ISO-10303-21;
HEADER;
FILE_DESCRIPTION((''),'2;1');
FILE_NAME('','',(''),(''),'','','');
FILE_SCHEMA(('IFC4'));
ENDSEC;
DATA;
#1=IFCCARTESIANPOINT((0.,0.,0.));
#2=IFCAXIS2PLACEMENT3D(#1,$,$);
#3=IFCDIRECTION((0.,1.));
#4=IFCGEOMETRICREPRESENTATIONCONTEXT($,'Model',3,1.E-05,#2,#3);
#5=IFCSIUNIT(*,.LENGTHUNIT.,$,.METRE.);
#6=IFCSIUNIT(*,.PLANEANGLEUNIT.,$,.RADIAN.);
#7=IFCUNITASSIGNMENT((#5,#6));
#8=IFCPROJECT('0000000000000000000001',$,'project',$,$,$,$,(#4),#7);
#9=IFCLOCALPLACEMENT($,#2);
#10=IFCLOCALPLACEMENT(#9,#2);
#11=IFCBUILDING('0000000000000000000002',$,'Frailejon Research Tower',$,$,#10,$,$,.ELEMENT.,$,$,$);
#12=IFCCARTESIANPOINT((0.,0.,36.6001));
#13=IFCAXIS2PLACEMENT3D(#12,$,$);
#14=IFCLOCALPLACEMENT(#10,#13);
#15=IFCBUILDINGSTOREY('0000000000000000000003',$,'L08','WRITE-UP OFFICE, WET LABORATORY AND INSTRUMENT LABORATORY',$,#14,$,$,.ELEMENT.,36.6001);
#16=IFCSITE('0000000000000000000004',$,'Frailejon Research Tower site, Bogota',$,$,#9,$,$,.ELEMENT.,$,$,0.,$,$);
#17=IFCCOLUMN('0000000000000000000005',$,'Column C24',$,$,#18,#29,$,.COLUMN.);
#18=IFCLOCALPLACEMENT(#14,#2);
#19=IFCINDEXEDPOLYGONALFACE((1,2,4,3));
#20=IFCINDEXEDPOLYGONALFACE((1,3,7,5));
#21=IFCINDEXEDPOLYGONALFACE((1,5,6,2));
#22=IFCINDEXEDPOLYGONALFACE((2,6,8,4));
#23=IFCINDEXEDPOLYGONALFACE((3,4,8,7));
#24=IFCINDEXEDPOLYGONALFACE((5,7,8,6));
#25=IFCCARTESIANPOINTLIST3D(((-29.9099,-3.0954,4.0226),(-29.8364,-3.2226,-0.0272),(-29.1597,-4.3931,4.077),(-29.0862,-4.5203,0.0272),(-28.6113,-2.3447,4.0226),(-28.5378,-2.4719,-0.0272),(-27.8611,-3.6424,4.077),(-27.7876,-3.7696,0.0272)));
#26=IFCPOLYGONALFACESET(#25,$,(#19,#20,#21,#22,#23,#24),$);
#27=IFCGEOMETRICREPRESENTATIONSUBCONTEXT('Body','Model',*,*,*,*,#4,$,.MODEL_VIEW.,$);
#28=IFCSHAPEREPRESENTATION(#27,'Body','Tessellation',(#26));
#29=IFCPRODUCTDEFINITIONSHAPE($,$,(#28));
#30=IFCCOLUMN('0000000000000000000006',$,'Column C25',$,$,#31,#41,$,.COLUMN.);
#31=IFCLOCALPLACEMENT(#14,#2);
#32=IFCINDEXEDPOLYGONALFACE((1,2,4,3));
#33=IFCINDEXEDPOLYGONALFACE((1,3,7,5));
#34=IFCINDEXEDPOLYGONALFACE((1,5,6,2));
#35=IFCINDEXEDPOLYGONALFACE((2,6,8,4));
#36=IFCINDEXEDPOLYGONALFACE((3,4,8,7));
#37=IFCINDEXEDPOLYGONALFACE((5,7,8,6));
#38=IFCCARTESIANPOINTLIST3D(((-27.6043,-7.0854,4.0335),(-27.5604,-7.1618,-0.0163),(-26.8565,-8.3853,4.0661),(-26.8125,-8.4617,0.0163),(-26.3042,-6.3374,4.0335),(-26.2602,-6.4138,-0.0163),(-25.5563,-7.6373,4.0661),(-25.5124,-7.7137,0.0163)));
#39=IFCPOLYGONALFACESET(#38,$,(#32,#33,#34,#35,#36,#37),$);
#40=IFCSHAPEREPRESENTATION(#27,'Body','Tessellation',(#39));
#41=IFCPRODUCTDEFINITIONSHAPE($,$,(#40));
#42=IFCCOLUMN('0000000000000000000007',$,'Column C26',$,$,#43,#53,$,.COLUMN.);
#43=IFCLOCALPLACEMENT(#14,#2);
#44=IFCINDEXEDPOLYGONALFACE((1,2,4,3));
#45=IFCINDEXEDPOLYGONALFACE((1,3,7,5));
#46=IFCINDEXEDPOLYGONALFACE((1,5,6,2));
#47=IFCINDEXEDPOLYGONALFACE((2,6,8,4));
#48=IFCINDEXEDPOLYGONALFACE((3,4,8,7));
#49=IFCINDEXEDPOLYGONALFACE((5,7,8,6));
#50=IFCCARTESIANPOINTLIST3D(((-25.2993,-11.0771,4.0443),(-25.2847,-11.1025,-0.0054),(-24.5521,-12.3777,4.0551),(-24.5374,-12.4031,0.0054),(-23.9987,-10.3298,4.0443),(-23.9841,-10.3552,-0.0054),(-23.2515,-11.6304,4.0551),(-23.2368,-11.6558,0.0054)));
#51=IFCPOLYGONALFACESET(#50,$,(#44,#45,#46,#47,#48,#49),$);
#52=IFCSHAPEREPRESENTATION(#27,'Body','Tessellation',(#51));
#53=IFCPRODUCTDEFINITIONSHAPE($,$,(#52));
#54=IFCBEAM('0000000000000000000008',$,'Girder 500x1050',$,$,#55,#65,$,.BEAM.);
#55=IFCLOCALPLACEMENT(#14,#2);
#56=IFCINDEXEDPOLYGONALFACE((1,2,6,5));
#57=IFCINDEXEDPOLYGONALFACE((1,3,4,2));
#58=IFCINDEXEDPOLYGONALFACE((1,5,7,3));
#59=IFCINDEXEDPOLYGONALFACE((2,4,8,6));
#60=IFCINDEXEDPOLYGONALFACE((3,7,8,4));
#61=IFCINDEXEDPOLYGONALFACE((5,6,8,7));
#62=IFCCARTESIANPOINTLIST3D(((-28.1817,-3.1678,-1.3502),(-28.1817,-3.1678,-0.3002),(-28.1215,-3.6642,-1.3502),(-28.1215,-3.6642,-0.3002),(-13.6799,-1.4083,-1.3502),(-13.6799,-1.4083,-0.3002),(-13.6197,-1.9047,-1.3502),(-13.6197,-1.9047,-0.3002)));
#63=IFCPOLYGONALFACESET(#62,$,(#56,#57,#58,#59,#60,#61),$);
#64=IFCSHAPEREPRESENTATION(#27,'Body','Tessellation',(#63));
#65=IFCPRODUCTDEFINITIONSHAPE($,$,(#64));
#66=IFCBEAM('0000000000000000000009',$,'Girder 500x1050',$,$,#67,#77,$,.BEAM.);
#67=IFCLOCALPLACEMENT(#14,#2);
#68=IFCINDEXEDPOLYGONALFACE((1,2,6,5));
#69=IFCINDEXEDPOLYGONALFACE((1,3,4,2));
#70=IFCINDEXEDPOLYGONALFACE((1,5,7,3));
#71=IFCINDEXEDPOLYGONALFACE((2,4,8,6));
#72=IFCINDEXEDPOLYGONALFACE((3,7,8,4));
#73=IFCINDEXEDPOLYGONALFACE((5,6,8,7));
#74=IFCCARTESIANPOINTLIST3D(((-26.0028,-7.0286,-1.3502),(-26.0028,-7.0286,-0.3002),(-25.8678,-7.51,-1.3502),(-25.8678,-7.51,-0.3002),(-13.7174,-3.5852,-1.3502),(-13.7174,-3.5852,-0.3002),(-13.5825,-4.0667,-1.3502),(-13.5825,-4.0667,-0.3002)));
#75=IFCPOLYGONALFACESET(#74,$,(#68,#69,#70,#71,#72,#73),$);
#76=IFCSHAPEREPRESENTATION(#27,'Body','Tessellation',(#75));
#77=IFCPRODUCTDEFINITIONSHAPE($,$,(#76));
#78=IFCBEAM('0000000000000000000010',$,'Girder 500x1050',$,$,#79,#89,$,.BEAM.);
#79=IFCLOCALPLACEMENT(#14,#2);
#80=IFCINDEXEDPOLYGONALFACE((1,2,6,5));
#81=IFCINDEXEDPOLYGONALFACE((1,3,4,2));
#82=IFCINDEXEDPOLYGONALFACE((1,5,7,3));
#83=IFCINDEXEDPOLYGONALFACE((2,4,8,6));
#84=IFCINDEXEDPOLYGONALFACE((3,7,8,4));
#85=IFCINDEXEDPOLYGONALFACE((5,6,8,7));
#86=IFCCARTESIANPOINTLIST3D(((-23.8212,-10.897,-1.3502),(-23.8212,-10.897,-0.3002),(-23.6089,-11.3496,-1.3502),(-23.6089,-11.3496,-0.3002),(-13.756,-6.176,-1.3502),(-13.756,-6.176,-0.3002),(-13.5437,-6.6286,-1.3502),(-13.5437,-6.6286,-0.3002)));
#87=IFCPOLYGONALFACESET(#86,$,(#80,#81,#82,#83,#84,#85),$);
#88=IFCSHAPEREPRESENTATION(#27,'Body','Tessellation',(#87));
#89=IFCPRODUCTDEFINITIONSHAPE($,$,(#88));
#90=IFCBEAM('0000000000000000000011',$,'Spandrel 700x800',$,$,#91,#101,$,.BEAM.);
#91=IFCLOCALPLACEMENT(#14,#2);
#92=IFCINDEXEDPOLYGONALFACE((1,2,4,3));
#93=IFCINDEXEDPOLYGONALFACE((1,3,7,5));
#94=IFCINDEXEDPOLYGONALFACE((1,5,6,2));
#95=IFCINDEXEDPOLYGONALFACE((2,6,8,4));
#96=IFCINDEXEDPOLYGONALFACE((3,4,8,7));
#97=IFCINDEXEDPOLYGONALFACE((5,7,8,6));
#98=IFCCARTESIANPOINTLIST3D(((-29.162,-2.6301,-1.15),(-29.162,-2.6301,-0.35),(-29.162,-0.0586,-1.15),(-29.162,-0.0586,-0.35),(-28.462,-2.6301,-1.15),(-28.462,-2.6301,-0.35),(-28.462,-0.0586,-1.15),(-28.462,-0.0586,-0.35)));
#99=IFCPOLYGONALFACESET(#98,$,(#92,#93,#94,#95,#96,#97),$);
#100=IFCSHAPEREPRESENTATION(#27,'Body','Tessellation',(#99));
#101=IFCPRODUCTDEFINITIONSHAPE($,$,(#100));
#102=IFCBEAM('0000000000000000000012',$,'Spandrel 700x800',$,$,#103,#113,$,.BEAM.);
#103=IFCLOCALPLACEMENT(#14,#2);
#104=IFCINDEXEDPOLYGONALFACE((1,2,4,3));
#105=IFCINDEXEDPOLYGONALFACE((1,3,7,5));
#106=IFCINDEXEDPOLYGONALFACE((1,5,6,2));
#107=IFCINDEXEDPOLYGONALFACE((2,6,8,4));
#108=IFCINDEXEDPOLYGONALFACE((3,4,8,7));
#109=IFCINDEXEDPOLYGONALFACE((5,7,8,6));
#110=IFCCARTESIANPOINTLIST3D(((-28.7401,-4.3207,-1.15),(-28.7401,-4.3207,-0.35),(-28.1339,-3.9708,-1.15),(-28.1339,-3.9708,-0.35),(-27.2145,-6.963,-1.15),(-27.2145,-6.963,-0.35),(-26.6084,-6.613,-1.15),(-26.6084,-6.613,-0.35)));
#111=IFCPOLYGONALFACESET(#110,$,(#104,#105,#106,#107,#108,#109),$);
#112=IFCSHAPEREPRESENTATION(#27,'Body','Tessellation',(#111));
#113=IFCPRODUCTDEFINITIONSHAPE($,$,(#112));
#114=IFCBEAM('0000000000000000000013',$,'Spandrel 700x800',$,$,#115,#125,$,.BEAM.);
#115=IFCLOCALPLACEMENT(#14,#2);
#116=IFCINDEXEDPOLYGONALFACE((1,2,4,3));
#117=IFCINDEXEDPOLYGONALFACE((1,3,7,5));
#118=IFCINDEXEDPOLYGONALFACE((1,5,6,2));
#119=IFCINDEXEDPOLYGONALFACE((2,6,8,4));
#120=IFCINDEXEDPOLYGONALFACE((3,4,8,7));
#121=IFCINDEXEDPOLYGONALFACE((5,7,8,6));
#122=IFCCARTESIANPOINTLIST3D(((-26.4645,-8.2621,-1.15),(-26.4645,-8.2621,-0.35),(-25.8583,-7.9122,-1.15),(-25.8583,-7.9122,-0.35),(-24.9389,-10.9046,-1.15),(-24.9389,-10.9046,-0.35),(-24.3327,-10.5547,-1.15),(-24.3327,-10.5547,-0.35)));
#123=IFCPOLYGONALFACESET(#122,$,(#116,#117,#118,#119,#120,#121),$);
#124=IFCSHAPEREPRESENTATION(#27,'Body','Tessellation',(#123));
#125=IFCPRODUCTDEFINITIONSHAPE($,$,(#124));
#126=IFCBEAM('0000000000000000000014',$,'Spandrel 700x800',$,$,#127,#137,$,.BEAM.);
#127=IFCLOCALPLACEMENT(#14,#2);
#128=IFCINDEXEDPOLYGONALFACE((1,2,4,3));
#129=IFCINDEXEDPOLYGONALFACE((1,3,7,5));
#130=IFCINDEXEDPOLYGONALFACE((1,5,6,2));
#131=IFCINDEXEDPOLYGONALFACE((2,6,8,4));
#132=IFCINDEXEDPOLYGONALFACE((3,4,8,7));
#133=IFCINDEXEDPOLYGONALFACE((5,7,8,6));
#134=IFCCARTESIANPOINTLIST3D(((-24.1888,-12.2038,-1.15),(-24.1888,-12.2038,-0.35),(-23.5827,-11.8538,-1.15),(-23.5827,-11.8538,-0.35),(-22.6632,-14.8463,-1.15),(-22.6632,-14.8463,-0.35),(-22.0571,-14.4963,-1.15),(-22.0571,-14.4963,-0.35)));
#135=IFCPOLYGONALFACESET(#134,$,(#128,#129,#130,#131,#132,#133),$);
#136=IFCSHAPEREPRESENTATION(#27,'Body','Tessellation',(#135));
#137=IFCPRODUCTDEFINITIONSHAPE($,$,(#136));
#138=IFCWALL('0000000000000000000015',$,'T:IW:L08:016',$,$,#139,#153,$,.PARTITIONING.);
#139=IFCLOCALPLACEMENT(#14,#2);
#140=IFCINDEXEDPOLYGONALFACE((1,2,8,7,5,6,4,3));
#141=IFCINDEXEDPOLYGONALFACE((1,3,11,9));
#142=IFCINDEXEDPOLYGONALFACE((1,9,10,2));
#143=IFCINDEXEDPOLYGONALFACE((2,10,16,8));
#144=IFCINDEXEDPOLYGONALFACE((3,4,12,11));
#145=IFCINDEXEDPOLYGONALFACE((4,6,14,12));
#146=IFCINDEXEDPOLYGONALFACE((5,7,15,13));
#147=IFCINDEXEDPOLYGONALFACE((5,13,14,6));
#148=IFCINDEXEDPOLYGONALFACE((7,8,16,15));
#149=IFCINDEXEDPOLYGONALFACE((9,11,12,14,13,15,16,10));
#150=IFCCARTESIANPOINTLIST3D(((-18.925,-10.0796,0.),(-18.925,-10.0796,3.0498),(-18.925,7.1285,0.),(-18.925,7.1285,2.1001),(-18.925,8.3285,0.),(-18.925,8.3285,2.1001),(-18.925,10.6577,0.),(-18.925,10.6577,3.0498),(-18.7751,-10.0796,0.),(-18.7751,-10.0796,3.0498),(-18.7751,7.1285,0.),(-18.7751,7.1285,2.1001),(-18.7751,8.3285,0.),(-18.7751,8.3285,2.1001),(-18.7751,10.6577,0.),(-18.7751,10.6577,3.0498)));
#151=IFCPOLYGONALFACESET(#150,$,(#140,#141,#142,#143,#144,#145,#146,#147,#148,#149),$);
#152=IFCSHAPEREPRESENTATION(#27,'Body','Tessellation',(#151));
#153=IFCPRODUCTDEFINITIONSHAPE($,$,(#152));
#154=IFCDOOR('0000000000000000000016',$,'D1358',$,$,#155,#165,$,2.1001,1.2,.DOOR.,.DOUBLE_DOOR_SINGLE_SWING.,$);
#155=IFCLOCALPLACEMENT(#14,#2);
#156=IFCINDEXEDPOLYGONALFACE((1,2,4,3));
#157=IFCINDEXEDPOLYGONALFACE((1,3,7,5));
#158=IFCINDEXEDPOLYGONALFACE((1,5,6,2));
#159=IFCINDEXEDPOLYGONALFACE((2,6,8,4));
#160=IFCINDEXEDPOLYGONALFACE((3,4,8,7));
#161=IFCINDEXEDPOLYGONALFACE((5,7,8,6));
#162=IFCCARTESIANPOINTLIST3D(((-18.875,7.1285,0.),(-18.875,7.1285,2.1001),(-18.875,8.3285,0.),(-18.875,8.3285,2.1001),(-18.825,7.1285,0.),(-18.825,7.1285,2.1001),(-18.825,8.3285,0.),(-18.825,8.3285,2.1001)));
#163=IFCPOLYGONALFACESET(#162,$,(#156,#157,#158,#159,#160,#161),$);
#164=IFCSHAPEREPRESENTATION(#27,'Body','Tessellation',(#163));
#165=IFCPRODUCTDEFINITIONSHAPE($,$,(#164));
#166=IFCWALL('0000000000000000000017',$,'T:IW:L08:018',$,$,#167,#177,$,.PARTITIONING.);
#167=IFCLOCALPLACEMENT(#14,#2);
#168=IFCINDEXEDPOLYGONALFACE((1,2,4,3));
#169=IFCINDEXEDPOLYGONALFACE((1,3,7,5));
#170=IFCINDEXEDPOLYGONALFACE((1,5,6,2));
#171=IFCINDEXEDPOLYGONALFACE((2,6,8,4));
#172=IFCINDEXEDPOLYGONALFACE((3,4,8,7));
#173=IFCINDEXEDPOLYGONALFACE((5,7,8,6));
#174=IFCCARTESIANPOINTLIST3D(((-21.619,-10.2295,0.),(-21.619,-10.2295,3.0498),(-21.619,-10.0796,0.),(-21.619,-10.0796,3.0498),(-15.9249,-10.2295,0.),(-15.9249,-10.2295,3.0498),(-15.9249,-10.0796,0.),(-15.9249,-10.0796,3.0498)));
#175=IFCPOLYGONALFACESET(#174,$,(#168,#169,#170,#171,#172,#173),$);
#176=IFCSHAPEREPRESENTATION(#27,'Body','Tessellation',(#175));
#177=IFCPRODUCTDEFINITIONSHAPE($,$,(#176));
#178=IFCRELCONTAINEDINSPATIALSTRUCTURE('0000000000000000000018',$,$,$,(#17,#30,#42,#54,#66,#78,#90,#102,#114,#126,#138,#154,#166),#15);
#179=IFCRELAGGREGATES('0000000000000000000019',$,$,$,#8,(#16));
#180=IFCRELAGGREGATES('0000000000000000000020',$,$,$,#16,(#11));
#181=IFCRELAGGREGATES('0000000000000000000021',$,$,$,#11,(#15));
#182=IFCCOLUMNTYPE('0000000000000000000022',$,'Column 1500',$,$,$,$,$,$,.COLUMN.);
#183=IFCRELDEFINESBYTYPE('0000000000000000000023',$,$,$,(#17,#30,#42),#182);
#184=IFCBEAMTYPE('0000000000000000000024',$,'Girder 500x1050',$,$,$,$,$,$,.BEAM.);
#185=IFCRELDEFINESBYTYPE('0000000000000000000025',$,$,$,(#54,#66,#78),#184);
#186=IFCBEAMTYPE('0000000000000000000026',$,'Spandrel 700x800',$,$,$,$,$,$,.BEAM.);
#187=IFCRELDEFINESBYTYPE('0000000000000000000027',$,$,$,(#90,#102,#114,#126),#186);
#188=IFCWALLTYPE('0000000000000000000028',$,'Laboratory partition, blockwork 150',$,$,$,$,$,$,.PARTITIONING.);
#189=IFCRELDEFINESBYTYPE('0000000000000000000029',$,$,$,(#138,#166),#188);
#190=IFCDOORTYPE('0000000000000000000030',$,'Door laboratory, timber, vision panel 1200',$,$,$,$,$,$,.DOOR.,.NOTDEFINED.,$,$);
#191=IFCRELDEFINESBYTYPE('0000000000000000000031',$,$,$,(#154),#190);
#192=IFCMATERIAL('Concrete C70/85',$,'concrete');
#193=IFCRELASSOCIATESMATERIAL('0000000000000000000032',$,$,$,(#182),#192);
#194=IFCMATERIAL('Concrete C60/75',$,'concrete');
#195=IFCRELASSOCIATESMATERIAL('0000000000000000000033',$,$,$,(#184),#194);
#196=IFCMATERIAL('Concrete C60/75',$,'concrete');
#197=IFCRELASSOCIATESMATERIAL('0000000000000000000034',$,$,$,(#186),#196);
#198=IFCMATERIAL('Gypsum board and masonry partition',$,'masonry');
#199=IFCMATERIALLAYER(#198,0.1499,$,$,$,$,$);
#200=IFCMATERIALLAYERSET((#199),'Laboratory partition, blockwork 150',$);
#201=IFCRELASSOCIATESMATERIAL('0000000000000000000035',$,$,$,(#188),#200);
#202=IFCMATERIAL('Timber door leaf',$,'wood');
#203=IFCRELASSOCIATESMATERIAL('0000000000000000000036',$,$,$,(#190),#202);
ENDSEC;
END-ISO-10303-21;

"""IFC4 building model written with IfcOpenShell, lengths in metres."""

from ifc_helpers import new_model, si_unit, direction, frame, frame_2d, origin, origin_2d, place, context, subcontext, project, spatial, rectangle, extrude, material, layer, layer_set, material_profile, profile_set, type_object, element, fill, save


model = new_model("IFC4")

# Units and contexts
model_context = context("Model", 3, precision=1e-05, world=origin(), true_north=direction((0.0, 1.0)))
body_context = subcontext(model_context, "Body", "Model", "MODEL_VIEW")
ifc_project = project(units=[si_unit("LENGTHUNIT", "METRE"), si_unit("PLANEANGLEUNIT", "RADIAN")], contexts=[model_context])

# Site, building, storey
site_placement = place(None, origin())
site = spatial("IfcSite", under=ifc_project, at=site_placement, Name="Frailejon Research Tower site, Bogota", CompositionType="ELEMENT", RefElevation=0.0)
building_placement = place(site_placement, origin())
building = spatial("IfcBuilding", under=site, at=building_placement, Name="Frailejon Research Tower", CompositionType="ELEMENT")
storey_placement = place(building_placement, frame((0.0, 0.0, 36.6001)))
storey = spatial("IfcBuildingStorey", under=building, at=storey_placement, Name="L08", Description="WRITE-UP OFFICE, WET LABORATORY AND INSTRUMENT LABORATORY", CompositionType="ELEMENT", Elevation=36.6001)

# Columns
ifc_material_1 = material(Name="Concrete C70/85", Category="concrete")
ifc_material_profile_1 = material_profile(ifc_material_1, rectangle(XDim=1.5, YDim=1.5, at=origin_2d()), Name="Column 1500")
ifc_profile_set_1 = profile_set([ifc_material_profile_1], Name="Concrete C70/85")
column_type = type_object("IfcColumnType", Name="Column 1500", PredefinedType="COLUMN", material=ifc_profile_set_1)
column_1_placement = place(storey_placement, frame((-28.812, -3.4961, 0.0), z_axis=(-0.018134, 0.031388, 0.999343), x_axis=(0.500145, -0.865183, 0.036249)))
element("IfcColumn", 1, at=column_1_placement, inside=storey, type_object=column_type, Name="Column C24", PredefinedType="COLUMN", context=body_context, shape_type="SweptSolid", body=[
    extrude(rectangle(XDim=1.5, YDim=1.5, at=origin_2d()), origin(), (0.0, 0.0, 1.0), 4.0525),
])
column_2_placement = place(storey_placement, frame((-26.5364, -7.4377, 0.0), z_axis=(-0.010849, 0.018865, 0.999763), x_axis=(0.498562, -0.866581, 0.021762)))
element("IfcColumn", 2, at=column_2_placement, inside=storey, type_object=column_type, Name="Column C25", PredefinedType="COLUMN", context=body_context, shape_type="SweptSolid", body=[
    extrude(rectangle(XDim=1.5, YDim=1.5, at=origin_2d()), origin(), (0.0, 0.0, 1.0), 4.0508),
])
column_3_placement = place(storey_placement, frame((-24.2607, -11.3792, 0.0), z_axis=(-0.003617, 0.006269, 0.999974), x_axis=(0.498177, -0.867045, 0.007238)))
element("IfcColumn", 3, at=column_3_placement, inside=storey, type_object=column_type, Name="Column C26", PredefinedType="COLUMN", context=body_context, shape_type="SweptSolid", body=[
    extrude(rectangle(XDim=1.5, YDim=1.5, at=origin_2d()), origin(), (0.0, 0.0, 1.0), 4.0498),
])

# Beams
ifc_material_2 = material(Name="Concrete C60/75", Category="concrete")
ifc_material_profile_2 = material_profile(ifc_material_2, rectangle(XDim=0.5, YDim=1.05, at=origin_2d()), Name="Girder 500x1050")
ifc_profile_set_2 = profile_set([ifc_material_profile_2], Name="Concrete C60/75")
beam_type_1 = type_object("IfcBeamType", Name="Girder 500x1050", PredefinedType="BEAM", material=ifc_profile_set_2)
beam_1_placement = place(storey_placement, frame((-28.1516, -3.416, -0.8252), z_axis=(0.99272, 0.120449, 0.0), x_axis=(-0.120449, 0.99272, 0.0)))
element("IfcBeam", 4, at=beam_1_placement, inside=storey, type_object=beam_type_1, Name="Girder 500x1050", PredefinedType="BEAM", context=body_context, shape_type="SweptSolid", body=[
    extrude(rectangle(XDim=0.5, YDim=1.05, at=origin_2d()), origin(), (0.0, 0.0, 1.0), 14.6082),
])
beam_2_placement = place(storey_placement, frame((-25.9353, -7.2693, -0.8252), z_axis=(0.962894, 0.26988, 0.0), x_axis=(-0.26988, 0.962894, 0.0)))
element("IfcBeam", 5, at=beam_2_placement, inside=storey, type_object=beam_type_1, Name="Girder 500x1050", PredefinedType="BEAM", context=body_context, shape_type="SweptSolid", body=[
    extrude(rectangle(XDim=0.5, YDim=1.05, at=origin_2d()), origin(), (0.0, 0.0, 1.0), 12.7588),
])
beam_3_placement = place(storey_placement, frame((-23.7151, -11.1233, -0.8252), z_axis=(0.905359, 0.424647, 0.0), x_axis=(-0.424647, 0.905359, 0.0)))
element("IfcBeam", 6, at=beam_3_placement, inside=storey, type_object=beam_type_1, Name="Girder 500x1050", PredefinedType="BEAM", context=body_context, shape_type="SweptSolid", body=[
    extrude(rectangle(XDim=0.5, YDim=1.05, at=origin_2d()), origin(), (0.0, 0.0, 1.0), 11.1174),
])
ifc_material_3 = material(Name="Concrete C60/75", Category="concrete")
ifc_material_profile_3 = material_profile(ifc_material_3, rectangle(XDim=0.7, YDim=0.8, at=origin_2d()), Name="Spandrel 700x800")
ifc_profile_set_3 = profile_set([ifc_material_profile_3], Name="Concrete C60/75")
beam_type_2 = type_object("IfcBeamType", Name="Spandrel 700x800", PredefinedType="BEAM", material=ifc_profile_set_3)
beam_4_placement = place(storey_placement, frame((-28.812, -0.0586, -0.75), z_axis=(0.0, -1.0, 0.0), x_axis=(1.0, 0.0, 0.0)))
element("IfcBeam", 7, at=beam_4_placement, inside=storey, type_object=beam_type_2, Name="Spandrel 700x800", PredefinedType="BEAM", context=body_context, shape_type="SweptSolid", body=[
    extrude(rectangle(XDim=0.7, YDim=0.8, at=origin_2d()), origin(), (0.0, 0.0, 1.0), 2.5715),
])
beam_5_placement = place(storey_placement, frame((-28.437, -4.1458, -0.75), z_axis=(0.50002, -0.866014, 0.0), x_axis=(0.866014, 0.50002, 0.0)))
element("IfcBeam", 8, at=beam_5_placement, inside=storey, type_object=beam_type_2, Name="Spandrel 700x800", PredefinedType="BEAM", context=body_context, shape_type="SweptSolid", body=[
    extrude(rectangle(XDim=0.7, YDim=0.8, at=origin_2d()), origin(), (0.0, 0.0, 1.0), 3.051),
])
for number, where, z_axis, x_axis, name in (
    (9, (-26.1614, -8.0872, -0.75), (0.499986, -0.866034, 0.0), (0.866034, 0.499986, 0.0), "Spandrel 700x800"),
    (10, (-23.8857, -12.0288, -0.75), (0.499986, -0.866034, 0.0), (0.866034, 0.499986, 0.0), "Spandrel 700x800"),
):
    element("IfcBeam", number, at=place(storey_placement, frame(where, z_axis=z_axis, x_axis=x_axis)), inside=storey, type_object=beam_type_2, Name=name, PredefinedType="BEAM", context=body_context, shape_type="SweptSolid", body=[
        extrude(rectangle(XDim=0.7, YDim=0.8, at=origin_2d()), origin(), (0.0, 0.0, 1.0), 3.0513),
    ])

# Wall, opening, door
ifc_material_4 = material(Name="Gypsum board and masonry partition", Category="masonry")
ifc_layer_1 = layer(ifc_material_4, 0.1499)
ifc_layer_set_1 = layer_set([ifc_layer_1], Name="Laboratory partition, blockwork 150")
wall_type_1 = type_object("IfcWallType", Name="Laboratory partition, blockwork 150", PredefinedType="PARTITIONING", material=ifc_layer_set_1)
wall_1_placement = place(storey_placement, frame((-18.8501, -10.0796, 0.0), z_axis=(0.0, 0.0, 1.0), x_axis=(0.0, 1.0, 0.0)))
wall_1 = element("IfcWall", 11, at=wall_1_placement, inside=storey, type_object=wall_type_1, Name="T:IW:L08:016", PredefinedType="PARTITIONING", context=body_context, shape_type="SweptSolid", body=[
    extrude(rectangle(XDim=20.7373, YDim=0.1499, at=frame_2d((10.3687, 0.0))), origin(), (0.0, 0.0, 1.0), 3.0498),
])
opening_1_placement = place(wall_1_placement, frame((17.208, 0.0, 0.0)))
opening_1 = element("IfcOpeningElement", 12, at=opening_1_placement, cuts=wall_1, PredefinedType="OPENING", context=body_context, shape_type="SweptSolid", body=[
    extrude(rectangle(XDim=1.2, YDim=2.1001, at=frame_2d((0.6001, 1.05))), frame((0.0, 0.085, 0.0), z_axis=(0.0, -1.0, 0.0), x_axis=(1.0, 0.0, 0.0)), (0.0, 0.0, 1.0), 0.1699),
])
ifc_material_5 = material(Name="Timber door leaf", Category="wood")
door_type_1 = type_object("IfcDoorType", Name="Door laboratory, timber, vision panel 1200", OperationType="NOTDEFINED", PredefinedType="DOOR", material=ifc_material_5)
door_1_placement = place(opening_1_placement, origin())
door_1 = element("IfcDoor", 13, at=door_1_placement, inside=storey, type_object=door_type_1, Name="D1358", OperationType="DOUBLE_DOOR_SINGLE_SWING", OverallHeight=2.1001, OverallWidth=1.2, PredefinedType="DOOR", context=body_context, shape_type="SweptSolid", body=[
    extrude(rectangle(XDim=1.2, YDim=2.1001, at=frame_2d((0.6001, 1.05))), frame((0.0, 0.0249, 0.0), z_axis=(0.0, -1.0, 0.0), x_axis=(1.0, 0.0, 0.0)), (0.0, 0.0, 1.0), 0.05),
])
fill(opening_1, door_1)

# Wall
wall_2_placement = place(storey_placement, frame((-21.6191, -10.1545, 0.0), z_axis=(0.0, 0.0, 1.0), x_axis=(1.0, 0.0, 0.0)))
element("IfcWall", 14, at=wall_2_placement, inside=storey, type_object=wall_type_1, Name="T:IW:L08:018", PredefinedType="PARTITIONING", context=body_context, shape_type="SweptSolid", body=[
    extrude(rectangle(XDim=5.6941, YDim=0.1499, at=frame_2d((2.8472, 0.0))), origin(), (0.0, 0.0, 1.0), 3.0498),
])

save(model, "model.ifc")
